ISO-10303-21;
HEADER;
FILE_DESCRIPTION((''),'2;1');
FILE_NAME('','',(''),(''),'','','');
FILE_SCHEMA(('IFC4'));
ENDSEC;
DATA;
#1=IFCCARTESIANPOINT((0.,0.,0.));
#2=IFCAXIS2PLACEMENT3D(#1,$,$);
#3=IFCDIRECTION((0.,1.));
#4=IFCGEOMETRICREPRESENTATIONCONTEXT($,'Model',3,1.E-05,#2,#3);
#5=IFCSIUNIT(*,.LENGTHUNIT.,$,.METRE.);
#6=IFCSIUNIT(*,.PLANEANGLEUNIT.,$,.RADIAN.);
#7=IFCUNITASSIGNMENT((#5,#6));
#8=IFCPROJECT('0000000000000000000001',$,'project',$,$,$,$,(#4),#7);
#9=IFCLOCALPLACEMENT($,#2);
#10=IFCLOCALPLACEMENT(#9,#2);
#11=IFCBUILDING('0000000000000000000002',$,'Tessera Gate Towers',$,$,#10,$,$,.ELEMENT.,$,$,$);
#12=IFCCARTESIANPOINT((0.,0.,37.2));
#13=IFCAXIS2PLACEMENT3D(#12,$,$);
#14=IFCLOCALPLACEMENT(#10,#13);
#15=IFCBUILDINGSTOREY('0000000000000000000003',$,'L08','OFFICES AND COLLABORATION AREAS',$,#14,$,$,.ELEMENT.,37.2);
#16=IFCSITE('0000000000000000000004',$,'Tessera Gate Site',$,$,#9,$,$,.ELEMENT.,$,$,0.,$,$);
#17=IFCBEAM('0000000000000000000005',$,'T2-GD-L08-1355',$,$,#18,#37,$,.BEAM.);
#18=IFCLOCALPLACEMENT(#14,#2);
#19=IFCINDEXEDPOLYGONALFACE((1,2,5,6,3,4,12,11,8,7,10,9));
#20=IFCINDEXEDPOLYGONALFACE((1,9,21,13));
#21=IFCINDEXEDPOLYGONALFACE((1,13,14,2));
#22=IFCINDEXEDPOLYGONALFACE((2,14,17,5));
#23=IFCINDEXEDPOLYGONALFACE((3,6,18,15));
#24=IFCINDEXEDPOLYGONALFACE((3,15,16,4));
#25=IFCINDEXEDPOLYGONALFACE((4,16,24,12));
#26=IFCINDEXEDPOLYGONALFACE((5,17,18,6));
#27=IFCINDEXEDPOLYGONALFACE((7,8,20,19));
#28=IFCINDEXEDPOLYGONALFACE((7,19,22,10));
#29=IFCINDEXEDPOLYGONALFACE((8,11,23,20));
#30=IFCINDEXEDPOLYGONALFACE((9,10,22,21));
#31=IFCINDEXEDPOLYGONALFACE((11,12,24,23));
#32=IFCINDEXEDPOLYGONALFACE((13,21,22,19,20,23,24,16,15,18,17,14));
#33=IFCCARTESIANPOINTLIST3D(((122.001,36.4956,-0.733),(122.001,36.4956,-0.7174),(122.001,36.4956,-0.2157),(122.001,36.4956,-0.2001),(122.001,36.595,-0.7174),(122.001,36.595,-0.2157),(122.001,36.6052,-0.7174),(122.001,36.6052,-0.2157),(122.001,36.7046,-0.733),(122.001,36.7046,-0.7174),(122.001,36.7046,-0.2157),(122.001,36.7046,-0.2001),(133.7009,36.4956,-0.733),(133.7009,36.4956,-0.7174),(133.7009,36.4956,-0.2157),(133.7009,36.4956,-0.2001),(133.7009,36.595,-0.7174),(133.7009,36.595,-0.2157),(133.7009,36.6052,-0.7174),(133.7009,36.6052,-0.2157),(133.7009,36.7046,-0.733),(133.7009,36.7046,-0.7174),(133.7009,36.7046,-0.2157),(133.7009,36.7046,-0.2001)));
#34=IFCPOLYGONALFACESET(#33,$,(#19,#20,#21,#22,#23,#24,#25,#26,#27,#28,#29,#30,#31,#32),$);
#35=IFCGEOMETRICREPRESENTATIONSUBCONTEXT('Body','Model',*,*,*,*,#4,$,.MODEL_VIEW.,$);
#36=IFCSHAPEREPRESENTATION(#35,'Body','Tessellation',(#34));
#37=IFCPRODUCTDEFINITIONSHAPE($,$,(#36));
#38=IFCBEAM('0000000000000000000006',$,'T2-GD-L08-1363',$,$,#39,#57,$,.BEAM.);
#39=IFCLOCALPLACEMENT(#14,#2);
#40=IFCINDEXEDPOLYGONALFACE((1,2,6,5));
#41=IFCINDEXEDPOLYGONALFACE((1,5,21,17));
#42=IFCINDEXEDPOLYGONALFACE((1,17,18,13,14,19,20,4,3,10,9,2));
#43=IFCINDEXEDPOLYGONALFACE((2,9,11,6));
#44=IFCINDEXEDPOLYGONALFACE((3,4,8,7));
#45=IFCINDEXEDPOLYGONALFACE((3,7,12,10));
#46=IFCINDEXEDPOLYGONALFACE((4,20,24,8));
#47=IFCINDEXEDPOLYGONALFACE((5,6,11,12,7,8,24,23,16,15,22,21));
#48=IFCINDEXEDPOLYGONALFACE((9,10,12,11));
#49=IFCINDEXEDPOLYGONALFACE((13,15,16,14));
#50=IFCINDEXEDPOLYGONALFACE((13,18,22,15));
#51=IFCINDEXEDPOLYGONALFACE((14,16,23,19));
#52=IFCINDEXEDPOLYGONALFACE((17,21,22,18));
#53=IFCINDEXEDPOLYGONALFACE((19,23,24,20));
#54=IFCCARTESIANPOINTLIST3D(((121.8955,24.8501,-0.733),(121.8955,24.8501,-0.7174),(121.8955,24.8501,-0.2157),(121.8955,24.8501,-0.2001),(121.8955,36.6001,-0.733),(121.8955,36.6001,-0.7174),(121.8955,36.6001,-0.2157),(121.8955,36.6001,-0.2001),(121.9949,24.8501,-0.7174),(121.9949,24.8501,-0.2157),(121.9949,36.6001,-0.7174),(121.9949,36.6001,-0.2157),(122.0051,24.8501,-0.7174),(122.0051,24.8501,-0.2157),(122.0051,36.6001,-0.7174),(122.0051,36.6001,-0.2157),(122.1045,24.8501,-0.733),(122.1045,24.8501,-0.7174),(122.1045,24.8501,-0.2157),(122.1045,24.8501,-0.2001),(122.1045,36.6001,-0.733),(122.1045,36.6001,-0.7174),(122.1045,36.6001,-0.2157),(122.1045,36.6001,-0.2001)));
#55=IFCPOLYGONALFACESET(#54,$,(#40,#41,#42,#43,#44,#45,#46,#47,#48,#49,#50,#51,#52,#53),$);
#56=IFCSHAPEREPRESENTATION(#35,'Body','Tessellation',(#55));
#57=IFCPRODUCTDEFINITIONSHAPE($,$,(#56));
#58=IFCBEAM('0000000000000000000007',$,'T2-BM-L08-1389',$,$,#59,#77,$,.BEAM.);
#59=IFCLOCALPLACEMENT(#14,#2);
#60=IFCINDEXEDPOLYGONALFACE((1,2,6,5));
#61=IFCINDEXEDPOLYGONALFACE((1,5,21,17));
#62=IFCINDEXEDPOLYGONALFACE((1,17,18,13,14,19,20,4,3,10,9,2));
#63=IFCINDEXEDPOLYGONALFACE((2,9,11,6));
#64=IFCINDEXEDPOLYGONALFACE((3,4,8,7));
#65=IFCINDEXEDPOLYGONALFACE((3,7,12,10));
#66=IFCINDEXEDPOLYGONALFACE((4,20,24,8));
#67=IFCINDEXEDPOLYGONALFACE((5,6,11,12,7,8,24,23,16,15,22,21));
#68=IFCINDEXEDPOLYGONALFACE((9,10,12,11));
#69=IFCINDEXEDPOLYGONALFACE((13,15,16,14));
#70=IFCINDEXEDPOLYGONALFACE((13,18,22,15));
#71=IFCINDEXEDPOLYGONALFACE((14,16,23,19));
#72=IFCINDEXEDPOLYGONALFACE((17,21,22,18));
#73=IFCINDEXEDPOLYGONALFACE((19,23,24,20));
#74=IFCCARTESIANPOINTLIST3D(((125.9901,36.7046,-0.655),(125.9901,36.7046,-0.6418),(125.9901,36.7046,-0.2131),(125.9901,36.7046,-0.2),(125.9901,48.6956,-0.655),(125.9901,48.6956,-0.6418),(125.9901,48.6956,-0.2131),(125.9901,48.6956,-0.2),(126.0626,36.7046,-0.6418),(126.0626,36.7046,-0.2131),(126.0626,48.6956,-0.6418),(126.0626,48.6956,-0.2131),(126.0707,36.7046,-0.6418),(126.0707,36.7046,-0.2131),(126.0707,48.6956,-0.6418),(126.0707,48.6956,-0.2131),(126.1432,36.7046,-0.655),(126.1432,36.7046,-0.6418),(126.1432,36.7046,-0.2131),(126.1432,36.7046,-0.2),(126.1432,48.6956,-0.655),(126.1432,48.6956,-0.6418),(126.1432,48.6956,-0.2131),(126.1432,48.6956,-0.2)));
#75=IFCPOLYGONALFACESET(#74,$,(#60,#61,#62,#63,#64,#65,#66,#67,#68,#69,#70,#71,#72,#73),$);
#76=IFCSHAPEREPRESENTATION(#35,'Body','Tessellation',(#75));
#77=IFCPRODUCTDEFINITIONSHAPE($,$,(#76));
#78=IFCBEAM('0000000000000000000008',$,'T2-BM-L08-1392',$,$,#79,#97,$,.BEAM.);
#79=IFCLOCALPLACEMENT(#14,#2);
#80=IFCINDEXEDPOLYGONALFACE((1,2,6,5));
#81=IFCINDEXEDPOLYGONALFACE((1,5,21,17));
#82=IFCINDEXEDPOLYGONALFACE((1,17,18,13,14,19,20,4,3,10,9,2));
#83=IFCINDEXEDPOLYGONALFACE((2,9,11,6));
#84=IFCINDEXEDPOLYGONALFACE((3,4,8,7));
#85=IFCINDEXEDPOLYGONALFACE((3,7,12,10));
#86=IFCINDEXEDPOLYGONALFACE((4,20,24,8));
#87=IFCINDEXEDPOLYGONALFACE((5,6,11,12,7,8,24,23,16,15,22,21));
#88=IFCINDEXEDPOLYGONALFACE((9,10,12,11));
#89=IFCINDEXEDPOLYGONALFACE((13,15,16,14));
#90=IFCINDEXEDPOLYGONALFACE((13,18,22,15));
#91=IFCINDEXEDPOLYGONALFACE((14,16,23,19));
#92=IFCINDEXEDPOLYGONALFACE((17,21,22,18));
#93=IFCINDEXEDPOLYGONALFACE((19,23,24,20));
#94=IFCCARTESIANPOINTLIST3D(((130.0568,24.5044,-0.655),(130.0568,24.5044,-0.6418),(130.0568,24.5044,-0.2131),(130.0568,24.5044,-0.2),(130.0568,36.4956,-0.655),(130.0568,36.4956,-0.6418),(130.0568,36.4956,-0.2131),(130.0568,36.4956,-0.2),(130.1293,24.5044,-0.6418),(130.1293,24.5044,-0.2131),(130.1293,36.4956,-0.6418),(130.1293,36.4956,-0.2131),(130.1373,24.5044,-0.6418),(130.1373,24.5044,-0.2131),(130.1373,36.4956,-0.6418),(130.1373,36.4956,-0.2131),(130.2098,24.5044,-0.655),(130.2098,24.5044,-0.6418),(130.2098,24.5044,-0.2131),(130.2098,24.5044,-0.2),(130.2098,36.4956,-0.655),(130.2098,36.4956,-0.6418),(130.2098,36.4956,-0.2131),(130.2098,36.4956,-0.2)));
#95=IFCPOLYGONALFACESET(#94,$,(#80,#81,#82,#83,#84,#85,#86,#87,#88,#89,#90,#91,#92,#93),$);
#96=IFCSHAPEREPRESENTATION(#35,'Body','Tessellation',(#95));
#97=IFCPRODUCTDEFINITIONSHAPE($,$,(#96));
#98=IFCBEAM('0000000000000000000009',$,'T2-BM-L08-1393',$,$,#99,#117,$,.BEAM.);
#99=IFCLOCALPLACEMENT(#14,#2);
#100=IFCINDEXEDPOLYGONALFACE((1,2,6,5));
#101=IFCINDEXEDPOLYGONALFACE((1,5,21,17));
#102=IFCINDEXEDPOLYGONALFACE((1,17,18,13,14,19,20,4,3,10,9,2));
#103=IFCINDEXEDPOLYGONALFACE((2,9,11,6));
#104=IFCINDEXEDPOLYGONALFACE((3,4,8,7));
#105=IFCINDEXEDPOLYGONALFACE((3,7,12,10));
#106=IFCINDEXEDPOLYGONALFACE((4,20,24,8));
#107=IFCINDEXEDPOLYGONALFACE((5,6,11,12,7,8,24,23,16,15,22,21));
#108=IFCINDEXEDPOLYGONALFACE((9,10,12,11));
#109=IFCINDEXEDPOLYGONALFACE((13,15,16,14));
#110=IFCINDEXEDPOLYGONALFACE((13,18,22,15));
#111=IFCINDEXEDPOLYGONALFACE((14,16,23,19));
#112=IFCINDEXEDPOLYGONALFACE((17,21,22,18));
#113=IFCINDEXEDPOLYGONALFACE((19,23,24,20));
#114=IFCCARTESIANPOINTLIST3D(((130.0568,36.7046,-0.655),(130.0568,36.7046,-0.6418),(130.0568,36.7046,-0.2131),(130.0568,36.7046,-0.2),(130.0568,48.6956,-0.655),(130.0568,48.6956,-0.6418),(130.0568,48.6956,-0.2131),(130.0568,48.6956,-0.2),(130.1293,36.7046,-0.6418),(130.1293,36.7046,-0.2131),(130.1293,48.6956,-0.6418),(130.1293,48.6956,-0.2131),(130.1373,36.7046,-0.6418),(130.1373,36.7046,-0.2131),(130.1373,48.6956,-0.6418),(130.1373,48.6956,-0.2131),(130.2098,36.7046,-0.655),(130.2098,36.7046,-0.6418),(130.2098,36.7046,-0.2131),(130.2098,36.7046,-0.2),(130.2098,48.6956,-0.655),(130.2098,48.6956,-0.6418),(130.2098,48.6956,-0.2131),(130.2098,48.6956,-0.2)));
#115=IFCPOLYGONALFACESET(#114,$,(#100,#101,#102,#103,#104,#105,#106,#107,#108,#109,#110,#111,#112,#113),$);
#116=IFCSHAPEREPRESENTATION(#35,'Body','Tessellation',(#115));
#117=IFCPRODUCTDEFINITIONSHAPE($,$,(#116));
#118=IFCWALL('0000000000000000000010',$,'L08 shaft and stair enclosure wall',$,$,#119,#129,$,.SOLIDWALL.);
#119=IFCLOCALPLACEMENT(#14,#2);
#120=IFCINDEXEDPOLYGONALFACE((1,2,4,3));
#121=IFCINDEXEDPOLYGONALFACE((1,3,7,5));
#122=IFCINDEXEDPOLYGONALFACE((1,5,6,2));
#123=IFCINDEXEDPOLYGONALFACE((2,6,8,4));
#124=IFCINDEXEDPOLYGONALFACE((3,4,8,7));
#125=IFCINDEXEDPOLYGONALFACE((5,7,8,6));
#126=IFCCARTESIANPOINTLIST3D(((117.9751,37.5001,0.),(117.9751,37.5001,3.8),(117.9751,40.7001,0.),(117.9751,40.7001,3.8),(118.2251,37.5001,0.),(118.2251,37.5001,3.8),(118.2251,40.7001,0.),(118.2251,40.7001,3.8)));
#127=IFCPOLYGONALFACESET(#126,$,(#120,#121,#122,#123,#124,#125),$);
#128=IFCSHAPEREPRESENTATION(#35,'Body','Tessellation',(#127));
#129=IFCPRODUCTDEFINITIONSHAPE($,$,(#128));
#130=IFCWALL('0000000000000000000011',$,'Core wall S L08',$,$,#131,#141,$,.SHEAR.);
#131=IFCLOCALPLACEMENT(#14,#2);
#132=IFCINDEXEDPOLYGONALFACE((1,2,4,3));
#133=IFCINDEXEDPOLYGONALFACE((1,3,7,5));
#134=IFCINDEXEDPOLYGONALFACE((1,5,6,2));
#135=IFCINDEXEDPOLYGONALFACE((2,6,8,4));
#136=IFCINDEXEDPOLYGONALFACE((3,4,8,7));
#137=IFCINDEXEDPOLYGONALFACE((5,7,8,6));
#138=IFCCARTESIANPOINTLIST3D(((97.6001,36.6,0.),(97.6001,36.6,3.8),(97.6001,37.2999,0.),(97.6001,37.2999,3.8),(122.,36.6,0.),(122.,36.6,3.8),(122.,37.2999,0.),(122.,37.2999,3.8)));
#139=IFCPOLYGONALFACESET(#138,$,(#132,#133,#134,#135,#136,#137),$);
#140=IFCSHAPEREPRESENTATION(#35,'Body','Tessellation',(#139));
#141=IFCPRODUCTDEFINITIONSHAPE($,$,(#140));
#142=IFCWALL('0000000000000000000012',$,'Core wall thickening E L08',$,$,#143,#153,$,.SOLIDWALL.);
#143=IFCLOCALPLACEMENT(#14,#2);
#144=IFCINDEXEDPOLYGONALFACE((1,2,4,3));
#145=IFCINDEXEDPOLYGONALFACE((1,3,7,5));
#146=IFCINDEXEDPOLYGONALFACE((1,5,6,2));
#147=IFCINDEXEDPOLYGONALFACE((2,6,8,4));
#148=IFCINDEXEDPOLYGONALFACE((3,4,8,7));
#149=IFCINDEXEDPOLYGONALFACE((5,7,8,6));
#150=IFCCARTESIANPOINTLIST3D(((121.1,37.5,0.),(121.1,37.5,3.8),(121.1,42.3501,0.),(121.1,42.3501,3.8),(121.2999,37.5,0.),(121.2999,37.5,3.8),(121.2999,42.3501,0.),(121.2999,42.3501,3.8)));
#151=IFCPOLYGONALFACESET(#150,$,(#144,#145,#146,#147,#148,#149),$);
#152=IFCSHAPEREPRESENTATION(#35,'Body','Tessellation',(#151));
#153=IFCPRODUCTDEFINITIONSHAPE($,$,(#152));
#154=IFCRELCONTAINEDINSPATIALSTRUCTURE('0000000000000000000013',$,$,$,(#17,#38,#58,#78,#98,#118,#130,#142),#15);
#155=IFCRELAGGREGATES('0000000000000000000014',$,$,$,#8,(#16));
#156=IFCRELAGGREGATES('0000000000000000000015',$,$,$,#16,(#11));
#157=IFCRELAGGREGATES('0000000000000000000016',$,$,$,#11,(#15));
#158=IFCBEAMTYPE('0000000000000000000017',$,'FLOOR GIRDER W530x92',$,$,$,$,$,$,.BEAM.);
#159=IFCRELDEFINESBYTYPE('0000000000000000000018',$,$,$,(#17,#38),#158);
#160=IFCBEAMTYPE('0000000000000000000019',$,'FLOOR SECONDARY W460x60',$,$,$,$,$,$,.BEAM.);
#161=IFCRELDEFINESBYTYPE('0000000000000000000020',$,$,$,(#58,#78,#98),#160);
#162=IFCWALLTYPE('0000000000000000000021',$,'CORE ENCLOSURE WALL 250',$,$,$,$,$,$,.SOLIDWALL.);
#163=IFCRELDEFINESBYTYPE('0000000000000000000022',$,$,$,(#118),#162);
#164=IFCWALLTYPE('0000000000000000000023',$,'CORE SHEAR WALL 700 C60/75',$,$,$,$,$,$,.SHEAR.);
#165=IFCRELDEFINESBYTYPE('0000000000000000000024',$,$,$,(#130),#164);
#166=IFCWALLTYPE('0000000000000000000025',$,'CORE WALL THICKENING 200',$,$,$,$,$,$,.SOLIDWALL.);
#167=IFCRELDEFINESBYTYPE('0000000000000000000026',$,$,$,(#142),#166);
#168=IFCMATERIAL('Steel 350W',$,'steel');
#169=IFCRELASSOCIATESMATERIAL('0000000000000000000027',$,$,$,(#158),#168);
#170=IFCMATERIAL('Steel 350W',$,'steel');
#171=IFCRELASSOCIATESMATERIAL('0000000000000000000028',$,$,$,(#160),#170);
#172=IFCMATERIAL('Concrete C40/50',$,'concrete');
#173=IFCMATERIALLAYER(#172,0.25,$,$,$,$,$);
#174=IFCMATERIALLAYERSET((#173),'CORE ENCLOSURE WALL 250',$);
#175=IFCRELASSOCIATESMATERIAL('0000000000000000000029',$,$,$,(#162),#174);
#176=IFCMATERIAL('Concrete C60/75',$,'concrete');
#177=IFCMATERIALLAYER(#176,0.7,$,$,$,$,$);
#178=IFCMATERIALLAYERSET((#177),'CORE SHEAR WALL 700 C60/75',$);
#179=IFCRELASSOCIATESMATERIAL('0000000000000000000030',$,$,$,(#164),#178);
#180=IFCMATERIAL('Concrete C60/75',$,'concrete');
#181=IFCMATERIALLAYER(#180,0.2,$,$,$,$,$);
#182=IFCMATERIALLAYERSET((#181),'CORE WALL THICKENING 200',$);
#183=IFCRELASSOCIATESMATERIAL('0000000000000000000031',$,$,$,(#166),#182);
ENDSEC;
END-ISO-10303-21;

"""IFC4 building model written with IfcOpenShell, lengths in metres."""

from ifc_helpers import new_model, si_unit, direction, frame, frame_2d, origin, origin_2d, place, context, subcontext, project, spatial, rectangle, i_section, extrude, material, layer, layer_set, material_profile, profile_set, type_object, element, save


model = new_model("IFC4")

# Units and contexts
model_context = context("Model", 3, precision=1e-05, world=origin(), true_north=direction((0.0, 1.0)))
body_context = subcontext(model_context, "Body", "Model", "MODEL_VIEW")
ifc_project = project(units=[si_unit("LENGTHUNIT", "METRE"), si_unit("PLANEANGLEUNIT", "RADIAN")], contexts=[model_context])

# Site, building, storey
site_placement = place(None, origin())
site = spatial("IfcSite", under=ifc_project, at=site_placement, Name="Tessera Gate Site", CompositionType="ELEMENT", RefElevation=0.0)
building_placement = place(site_placement, origin())
building = spatial("IfcBuilding", under=site, at=building_placement, Name="Tessera Gate Towers", CompositionType="ELEMENT")
storey_placement = place(building_placement, frame((0.0, 0.0, 37.2)))
storey = spatial("IfcBuildingStorey", under=building, at=storey_placement, Name="L08", Description="OFFICES AND COLLABORATION AREAS", CompositionType="ELEMENT", Elevation=37.2)

# Beams
ifc_material_1 = material(Name="Steel 350W", Category="steel")
ifc_material_profile_1 = material_profile(ifc_material_1, i_section(OverallWidth=0.209, OverallDepth=0.533, WebThickness=0.0103, FlangeThickness=0.0156, at=origin_2d()), Name="W530x92")
ifc_profile_set_1 = profile_set([ifc_material_profile_1], Name="Steel 350W")
beam_type_1 = type_object("IfcBeamType", Name="FLOOR GIRDER W530x92", PredefinedType="BEAM", material=ifc_profile_set_1)
beam_1_placement = place(storey_placement, frame((122.001, 36.6001, -0.4666), z_axis=(1.0, 0.0, 0.0), x_axis=(0.0, 1.0, 0.0)))
element("IfcBeam", 1, at=beam_1_placement, inside=storey, type_object=beam_type_1, Name="T2-GD-L08-1355", PredefinedType="BEAM", context=body_context, shape_type="SweptSolid", body=[
    extrude(i_section(OverallWidth=0.209, OverallDepth=0.533, WebThickness=0.0103, FlangeThickness=0.0156, at=origin_2d()), origin(), (0.0, 0.0, 1.0), 11.7),
])
beam_2_placement = place(storey_placement, frame((122.0, 24.8501, -0.4666), z_axis=(0.0, 1.0, 0.0), x_axis=(-1.0, 0.0, 0.0)))
element("IfcBeam", 2, at=beam_2_placement, inside=storey, type_object=beam_type_1, Name="T2-GD-L08-1363", PredefinedType="BEAM", context=body_context, shape_type="SweptSolid", body=[
    extrude(i_section(OverallWidth=0.209, OverallDepth=0.533, WebThickness=0.0103, FlangeThickness=0.0156, at=origin_2d()), origin(), (0.0, 0.0, 1.0), 11.75),
])
ifc_material_2 = material(Name="Steel 350W", Category="steel")
ifc_material_profile_2 = material_profile(ifc_material_2, i_section(OverallWidth=0.1531, OverallDepth=0.4551, WebThickness=0.0081, FlangeThickness=0.0132, at=origin_2d()), Name="W460x60")
ifc_profile_set_2 = profile_set([ifc_material_profile_2], Name="Steel 350W")
beam_type_2 = type_object("IfcBeamType", Name="FLOOR SECONDARY W460x60", PredefinedType="BEAM", material=ifc_profile_set_2)
beam_3_placement = place(storey_placement, frame((126.0667, 36.7046, -0.4275), z_axis=(0.0, 1.0, 0.0), x_axis=(-1.0, 0.0, 0.0)))
element("IfcBeam", 3, at=beam_3_placement, inside=storey, type_object=beam_type_2, Name="T2-BM-L08-1389", PredefinedType="BEAM", context=body_context, shape_type="SweptSolid", body=[
    extrude(i_section(OverallWidth=0.1531, OverallDepth=0.4551, WebThickness=0.0081, FlangeThickness=0.0132, at=origin_2d()), origin(), (0.0, 0.0, 1.0), 11.991),
])
beam_4_placement = place(storey_placement, frame((130.1333, 24.5044, -0.4275), z_axis=(0.0, 1.0, 0.0), x_axis=(-1.0, 0.0, 0.0)))
element("IfcBeam", 4, at=beam_4_placement, inside=storey, type_object=beam_type_2, Name="T2-BM-L08-1392", PredefinedType="BEAM", context=body_context, shape_type="SweptSolid", body=[
    extrude(i_section(OverallWidth=0.1531, OverallDepth=0.4551, WebThickness=0.0081, FlangeThickness=0.0132, at=origin_2d()), origin(), (0.0, 0.0, 1.0), 11.9912),
])
beam_5_placement = place(storey_placement, frame((130.1333, 36.7046, -0.4275), z_axis=(0.0, 1.0, 0.0), x_axis=(-1.0, 0.0, 0.0)))
element("IfcBeam", 5, at=beam_5_placement, inside=storey, type_object=beam_type_2, Name="T2-BM-L08-1393", PredefinedType="BEAM", context=body_context, shape_type="SweptSolid", body=[
    extrude(i_section(OverallWidth=0.1531, OverallDepth=0.4551, WebThickness=0.0081, FlangeThickness=0.0132, at=origin_2d()), origin(), (0.0, 0.0, 1.0), 11.991),
])

# Walls
ifc_material_3 = material(Name="Concrete C40/50", Category="concrete")
ifc_layer_1 = layer(ifc_material_3, 0.25)
ifc_layer_set_1 = layer_set([ifc_layer_1], Name="CORE ENCLOSURE WALL 250")
wall_type_1 = type_object("IfcWallType", Name="CORE ENCLOSURE WALL 250", PredefinedType="SOLIDWALL", material=ifc_layer_set_1)
wall_1_placement = place(storey_placement, frame((118.1001, 37.5, 0.0), z_axis=(0.0, 0.0, 1.0), x_axis=(0.0, 1.0, 0.0)))
element("IfcWall", 6, at=wall_1_placement, inside=storey, type_object=wall_type_1, Name="L08 shaft and stair enclosure wall", PredefinedType="SOLIDWALL", context=body_context, shape_type="SweptSolid", body=[
    extrude(rectangle(XDim=3.2, YDim=0.25, at=frame_2d((1.6001, 0.0))), origin(), (0.0, 0.0, 1.0), 3.8),
])
ifc_material_4 = material(Name="Concrete C60/75", Category="concrete")
ifc_layer_2 = layer(ifc_material_4, 0.7)
ifc_layer_set_2 = layer_set([ifc_layer_2], Name="CORE SHEAR WALL 700 C60/75")
wall_type_2 = type_object("IfcWallType", Name="CORE SHEAR WALL 700 C60/75", PredefinedType="SHEAR", material=ifc_layer_set_2)
wall_2_placement = place(storey_placement, frame((122.0, 36.95, 0.0), z_axis=(0.0, 0.0, 1.0), x_axis=(-1.0, 0.0, 0.0)))
element("IfcWall", 7, at=wall_2_placement, inside=storey, type_object=wall_type_2, Name="Core wall S L08", PredefinedType="SHEAR", context=body_context, shape_type="SweptSolid", body=[
    extrude(rectangle(XDim=24.3999, YDim=0.7, at=frame_2d((12.2, 0.0))), origin(), (0.0, 0.0, 1.0), 3.8),
])
ifc_material_5 = material(Name="Concrete C60/75", Category="concrete")
ifc_layer_3 = layer(ifc_material_5, 0.2)
ifc_layer_set_3 = layer_set([ifc_layer_3], Name="CORE WALL THICKENING 200")
wall_type_3 = type_object("IfcWallType", Name="CORE WALL THICKENING 200", PredefinedType="SOLIDWALL", material=ifc_layer_set_3)
wall_3_placement = place(storey_placement, frame((121.2, 37.5, 0.0), z_axis=(0.0, 0.0, 1.0), x_axis=(0.0, 1.0, 0.0)))
element("IfcWall", 8, at=wall_3_placement, inside=storey, type_object=wall_type_3, Name="Core wall thickening E L08", PredefinedType="SOLIDWALL", context=body_context, shape_type="SweptSolid", body=[
    extrude(rectangle(XDim=4.8501, YDim=0.2, at=frame_2d((2.425, 0.0))), origin(), (0.0, 0.0, 1.0), 3.8),
])

save(model, "model.ifc")
